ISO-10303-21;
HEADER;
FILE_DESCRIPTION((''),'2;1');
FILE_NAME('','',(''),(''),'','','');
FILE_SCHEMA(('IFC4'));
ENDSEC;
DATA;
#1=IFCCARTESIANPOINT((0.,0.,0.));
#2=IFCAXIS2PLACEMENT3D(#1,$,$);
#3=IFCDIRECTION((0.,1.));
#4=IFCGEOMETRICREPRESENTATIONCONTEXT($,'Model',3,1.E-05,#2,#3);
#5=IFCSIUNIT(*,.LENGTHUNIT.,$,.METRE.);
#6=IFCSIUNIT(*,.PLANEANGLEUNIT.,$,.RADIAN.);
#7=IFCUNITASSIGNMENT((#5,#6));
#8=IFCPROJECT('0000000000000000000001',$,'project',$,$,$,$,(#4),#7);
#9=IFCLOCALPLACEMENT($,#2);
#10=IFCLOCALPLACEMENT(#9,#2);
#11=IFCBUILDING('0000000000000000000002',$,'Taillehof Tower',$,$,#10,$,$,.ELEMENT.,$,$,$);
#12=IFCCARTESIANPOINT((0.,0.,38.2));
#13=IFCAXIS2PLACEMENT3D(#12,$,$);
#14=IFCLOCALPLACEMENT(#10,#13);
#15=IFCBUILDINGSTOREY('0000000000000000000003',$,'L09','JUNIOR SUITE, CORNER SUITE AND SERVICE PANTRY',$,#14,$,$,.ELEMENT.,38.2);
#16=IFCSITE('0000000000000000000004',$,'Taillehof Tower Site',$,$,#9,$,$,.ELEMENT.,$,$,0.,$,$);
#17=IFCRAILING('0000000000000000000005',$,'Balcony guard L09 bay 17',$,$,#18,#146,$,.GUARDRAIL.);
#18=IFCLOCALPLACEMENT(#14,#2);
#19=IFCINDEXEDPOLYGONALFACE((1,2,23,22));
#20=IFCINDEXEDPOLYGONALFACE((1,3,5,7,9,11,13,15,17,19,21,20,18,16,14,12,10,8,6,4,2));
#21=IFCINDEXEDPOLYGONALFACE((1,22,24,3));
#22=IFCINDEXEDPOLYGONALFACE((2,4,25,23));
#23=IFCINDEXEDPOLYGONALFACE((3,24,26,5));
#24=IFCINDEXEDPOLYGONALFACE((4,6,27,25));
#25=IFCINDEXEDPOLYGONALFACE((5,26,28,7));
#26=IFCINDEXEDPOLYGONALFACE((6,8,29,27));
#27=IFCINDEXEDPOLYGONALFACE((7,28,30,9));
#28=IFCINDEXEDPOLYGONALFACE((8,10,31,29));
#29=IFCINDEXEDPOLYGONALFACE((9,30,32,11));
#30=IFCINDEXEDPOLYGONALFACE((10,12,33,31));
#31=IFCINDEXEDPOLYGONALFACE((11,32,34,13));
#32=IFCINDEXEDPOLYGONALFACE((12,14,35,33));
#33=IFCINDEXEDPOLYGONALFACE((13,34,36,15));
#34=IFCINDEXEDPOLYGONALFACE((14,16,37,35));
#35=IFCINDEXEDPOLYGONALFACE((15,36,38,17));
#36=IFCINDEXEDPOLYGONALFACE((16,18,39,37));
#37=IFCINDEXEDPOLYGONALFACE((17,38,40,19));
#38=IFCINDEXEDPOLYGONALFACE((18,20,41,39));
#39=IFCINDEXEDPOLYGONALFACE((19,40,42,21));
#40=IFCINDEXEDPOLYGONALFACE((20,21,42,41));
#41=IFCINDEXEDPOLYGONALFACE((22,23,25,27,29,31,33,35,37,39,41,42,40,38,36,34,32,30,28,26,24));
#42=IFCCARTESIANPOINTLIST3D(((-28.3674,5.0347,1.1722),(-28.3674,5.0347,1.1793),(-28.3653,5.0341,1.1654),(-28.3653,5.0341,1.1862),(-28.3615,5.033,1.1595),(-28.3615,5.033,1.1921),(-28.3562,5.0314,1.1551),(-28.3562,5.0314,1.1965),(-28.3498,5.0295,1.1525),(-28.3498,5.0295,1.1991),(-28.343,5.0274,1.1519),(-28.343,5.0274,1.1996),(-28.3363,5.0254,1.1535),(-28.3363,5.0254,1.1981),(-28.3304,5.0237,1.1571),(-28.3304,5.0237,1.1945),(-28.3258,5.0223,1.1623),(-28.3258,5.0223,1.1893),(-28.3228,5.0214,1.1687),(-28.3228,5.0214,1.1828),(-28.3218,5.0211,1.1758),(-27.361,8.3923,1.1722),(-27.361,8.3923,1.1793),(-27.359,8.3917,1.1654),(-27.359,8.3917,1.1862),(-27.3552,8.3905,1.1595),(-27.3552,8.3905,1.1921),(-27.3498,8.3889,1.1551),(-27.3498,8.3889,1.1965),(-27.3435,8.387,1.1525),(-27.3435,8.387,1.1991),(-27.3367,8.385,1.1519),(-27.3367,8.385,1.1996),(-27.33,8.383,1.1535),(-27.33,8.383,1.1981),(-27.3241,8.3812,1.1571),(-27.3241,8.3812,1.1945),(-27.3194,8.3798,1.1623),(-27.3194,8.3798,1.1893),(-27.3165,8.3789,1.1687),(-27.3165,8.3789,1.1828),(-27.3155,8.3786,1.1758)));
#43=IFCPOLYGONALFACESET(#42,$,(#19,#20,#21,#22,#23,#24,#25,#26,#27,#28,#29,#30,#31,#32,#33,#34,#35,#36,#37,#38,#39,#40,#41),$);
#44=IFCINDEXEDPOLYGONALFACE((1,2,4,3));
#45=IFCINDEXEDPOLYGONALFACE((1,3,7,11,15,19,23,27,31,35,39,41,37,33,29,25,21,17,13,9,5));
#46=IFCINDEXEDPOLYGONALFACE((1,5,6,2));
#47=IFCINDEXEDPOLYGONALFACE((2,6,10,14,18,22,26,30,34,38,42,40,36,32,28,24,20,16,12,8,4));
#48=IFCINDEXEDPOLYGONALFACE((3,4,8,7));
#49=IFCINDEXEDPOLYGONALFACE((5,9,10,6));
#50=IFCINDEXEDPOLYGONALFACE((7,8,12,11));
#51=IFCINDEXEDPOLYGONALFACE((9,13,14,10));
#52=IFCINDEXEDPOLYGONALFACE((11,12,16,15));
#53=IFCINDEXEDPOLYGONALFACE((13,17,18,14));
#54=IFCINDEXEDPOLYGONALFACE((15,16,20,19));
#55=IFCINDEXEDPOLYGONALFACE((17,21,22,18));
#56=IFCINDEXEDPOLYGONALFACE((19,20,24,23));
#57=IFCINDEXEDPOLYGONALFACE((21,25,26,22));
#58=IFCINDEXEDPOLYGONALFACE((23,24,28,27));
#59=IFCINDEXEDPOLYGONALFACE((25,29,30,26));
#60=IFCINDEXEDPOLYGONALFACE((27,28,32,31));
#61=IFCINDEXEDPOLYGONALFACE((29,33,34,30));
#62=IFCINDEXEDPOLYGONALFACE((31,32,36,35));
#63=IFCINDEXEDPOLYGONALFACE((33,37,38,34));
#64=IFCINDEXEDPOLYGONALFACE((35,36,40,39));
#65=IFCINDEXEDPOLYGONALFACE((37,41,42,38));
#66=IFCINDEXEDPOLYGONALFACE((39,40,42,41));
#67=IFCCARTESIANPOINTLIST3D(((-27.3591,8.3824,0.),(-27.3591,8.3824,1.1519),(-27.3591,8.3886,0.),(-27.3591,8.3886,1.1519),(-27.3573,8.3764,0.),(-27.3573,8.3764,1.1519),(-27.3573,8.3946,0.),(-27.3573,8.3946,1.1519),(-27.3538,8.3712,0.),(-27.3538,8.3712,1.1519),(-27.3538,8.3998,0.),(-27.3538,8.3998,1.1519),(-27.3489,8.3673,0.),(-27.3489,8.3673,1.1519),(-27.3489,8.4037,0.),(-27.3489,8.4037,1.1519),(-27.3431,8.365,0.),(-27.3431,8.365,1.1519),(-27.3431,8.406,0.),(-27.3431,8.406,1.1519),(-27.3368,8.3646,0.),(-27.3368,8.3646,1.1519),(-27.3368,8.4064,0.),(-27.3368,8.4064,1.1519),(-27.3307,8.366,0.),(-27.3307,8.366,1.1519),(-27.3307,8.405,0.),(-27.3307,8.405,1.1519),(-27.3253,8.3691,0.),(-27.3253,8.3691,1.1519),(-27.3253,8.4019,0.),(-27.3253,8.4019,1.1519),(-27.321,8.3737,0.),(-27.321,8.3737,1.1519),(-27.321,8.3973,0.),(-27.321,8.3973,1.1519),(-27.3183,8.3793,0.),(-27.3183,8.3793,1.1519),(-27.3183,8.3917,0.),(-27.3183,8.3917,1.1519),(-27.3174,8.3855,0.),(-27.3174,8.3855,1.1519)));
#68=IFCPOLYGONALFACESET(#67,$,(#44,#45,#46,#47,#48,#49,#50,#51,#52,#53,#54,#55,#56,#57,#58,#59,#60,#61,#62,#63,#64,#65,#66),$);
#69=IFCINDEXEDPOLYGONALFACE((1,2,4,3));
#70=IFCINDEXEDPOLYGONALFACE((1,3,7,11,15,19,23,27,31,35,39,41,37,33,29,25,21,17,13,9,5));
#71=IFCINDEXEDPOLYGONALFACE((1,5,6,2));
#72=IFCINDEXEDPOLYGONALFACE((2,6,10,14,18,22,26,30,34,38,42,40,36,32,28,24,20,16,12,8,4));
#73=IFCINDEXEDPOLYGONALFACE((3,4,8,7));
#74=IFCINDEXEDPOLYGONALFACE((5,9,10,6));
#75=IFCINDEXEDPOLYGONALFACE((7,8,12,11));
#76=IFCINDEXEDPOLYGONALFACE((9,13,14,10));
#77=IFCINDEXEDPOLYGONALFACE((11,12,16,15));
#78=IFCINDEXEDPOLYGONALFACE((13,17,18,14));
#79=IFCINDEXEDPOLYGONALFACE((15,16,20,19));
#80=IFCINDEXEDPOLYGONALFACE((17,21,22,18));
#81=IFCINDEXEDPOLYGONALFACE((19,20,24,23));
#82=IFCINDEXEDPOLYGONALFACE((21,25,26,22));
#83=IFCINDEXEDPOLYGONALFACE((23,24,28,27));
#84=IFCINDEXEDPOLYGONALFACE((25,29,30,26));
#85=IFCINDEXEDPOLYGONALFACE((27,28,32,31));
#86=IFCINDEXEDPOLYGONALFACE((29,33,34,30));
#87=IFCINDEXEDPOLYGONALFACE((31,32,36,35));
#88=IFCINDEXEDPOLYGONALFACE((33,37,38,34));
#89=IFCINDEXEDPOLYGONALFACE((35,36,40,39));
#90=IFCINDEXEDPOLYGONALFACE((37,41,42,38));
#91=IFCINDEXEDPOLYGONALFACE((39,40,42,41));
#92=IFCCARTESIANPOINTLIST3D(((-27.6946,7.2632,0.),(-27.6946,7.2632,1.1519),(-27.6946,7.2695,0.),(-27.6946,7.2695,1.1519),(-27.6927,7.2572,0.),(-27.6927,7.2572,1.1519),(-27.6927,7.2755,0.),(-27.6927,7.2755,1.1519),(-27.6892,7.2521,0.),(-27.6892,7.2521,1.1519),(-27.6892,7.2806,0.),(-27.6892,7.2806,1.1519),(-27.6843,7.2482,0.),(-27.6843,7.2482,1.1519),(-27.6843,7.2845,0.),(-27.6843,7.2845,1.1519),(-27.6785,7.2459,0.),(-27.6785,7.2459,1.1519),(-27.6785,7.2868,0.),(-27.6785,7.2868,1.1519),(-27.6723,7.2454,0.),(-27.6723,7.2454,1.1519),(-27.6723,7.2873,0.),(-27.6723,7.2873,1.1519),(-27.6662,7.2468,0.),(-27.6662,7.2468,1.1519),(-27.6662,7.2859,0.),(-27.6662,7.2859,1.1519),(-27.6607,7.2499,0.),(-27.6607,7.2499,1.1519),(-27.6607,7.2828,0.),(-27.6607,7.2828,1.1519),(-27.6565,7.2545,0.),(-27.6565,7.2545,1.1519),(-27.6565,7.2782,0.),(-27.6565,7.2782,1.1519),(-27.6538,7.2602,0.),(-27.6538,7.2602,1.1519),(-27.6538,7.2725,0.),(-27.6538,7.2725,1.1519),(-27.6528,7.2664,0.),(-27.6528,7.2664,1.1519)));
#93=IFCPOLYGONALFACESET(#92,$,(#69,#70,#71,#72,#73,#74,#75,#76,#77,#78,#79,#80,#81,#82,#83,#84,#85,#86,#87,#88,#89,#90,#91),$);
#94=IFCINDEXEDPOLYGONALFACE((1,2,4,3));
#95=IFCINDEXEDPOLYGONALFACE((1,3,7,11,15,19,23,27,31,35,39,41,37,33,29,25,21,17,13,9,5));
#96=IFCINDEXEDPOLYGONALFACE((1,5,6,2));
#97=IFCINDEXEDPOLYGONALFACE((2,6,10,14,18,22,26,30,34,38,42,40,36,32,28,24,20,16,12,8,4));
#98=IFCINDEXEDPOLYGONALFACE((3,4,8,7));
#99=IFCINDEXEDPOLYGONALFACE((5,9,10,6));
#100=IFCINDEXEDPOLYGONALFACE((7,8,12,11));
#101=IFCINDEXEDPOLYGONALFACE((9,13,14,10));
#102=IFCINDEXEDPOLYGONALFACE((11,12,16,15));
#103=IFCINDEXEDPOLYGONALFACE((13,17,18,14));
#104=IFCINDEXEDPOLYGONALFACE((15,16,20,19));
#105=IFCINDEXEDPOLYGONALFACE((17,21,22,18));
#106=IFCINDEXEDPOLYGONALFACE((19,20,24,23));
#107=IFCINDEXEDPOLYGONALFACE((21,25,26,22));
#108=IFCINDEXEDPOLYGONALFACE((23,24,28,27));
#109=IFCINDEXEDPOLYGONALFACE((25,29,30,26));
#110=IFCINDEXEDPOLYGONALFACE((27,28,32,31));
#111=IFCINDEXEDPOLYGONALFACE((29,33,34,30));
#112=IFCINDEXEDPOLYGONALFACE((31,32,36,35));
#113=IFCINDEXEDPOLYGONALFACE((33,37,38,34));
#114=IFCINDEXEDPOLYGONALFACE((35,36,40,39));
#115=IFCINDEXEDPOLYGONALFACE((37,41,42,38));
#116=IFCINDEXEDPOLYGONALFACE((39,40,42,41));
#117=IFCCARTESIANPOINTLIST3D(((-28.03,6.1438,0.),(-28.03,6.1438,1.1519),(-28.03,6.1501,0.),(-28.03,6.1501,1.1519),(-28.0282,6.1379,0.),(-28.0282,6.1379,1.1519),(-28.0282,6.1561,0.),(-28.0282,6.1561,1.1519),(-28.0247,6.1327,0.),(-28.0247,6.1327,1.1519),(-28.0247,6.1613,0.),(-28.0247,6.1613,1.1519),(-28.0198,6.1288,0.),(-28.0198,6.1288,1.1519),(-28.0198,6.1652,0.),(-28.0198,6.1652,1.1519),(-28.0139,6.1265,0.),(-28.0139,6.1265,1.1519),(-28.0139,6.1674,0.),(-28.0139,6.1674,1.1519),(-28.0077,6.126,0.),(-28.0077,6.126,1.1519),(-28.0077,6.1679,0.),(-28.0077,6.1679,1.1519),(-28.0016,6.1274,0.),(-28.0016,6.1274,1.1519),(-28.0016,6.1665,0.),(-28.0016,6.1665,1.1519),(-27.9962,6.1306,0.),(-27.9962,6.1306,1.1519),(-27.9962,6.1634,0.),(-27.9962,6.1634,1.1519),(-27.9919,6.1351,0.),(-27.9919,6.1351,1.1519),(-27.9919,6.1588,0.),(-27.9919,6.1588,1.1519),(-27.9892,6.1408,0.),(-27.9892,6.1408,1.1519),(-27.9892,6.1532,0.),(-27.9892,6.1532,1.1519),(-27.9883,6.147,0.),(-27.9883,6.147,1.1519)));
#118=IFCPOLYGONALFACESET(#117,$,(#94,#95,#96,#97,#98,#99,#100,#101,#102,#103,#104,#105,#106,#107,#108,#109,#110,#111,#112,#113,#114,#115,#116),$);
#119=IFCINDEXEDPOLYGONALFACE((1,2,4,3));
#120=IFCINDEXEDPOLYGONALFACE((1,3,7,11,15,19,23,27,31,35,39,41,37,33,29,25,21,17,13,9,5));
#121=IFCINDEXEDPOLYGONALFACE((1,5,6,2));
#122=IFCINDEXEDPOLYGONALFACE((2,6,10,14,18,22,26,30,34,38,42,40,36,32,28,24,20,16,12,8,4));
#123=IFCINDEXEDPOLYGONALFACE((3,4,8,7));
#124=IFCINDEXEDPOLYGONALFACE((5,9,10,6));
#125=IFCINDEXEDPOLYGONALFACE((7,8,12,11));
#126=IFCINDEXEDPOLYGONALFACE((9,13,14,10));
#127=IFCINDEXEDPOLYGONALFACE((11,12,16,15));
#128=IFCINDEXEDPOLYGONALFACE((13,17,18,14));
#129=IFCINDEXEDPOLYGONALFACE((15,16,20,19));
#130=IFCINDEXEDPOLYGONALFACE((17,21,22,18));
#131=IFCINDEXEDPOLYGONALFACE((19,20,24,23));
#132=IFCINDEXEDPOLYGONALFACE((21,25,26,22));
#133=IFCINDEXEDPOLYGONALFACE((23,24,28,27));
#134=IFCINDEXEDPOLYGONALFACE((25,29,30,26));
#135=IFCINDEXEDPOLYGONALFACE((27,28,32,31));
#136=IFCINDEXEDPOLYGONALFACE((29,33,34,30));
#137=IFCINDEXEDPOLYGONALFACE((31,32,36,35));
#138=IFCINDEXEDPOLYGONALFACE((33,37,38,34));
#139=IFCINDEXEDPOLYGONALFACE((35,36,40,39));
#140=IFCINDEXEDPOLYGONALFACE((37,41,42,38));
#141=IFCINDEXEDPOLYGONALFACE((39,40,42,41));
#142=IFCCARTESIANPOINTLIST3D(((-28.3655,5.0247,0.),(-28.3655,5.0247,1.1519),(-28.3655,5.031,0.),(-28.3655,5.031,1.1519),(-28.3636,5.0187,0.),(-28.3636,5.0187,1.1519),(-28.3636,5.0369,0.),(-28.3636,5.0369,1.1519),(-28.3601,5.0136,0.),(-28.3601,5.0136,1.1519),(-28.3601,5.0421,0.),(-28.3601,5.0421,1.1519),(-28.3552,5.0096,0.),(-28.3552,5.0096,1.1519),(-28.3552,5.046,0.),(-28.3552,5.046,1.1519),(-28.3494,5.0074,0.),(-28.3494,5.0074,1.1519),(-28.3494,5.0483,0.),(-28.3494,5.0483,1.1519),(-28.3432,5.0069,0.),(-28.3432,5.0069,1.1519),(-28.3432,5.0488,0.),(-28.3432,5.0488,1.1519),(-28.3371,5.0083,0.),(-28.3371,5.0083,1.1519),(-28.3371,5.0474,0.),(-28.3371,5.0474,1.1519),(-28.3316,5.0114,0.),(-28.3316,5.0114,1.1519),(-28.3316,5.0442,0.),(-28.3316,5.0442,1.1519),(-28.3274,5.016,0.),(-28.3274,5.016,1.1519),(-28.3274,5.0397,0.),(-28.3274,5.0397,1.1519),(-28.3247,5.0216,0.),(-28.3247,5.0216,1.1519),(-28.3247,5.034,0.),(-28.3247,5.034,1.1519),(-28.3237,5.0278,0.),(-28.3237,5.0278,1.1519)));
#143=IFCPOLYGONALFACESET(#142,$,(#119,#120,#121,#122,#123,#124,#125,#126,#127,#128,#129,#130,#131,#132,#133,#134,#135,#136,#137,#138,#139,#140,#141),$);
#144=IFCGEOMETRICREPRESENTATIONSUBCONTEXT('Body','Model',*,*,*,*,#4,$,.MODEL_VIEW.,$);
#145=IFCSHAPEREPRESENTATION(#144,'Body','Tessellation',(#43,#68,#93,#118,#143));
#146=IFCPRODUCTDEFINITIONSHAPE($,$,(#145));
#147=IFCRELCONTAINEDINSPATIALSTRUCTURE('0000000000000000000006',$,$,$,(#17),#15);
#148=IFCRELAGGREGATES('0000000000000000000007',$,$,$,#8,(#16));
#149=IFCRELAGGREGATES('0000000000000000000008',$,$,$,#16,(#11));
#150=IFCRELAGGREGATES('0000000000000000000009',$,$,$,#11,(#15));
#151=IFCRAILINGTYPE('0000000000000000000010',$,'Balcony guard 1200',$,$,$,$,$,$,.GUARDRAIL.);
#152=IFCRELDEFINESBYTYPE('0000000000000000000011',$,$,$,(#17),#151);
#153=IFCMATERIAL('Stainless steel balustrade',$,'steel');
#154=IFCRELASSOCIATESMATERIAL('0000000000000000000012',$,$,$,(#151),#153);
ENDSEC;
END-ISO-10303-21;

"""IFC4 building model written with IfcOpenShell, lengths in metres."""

from ifc_helpers import new_model, si_unit, direction, frame, origin, origin_2d, place, context, subcontext, project, spatial, circle, extrude, material, type_object, element, save


model = new_model("IFC4")

# Units and contexts
model_context = context("Model", 3, precision=1e-05, world=origin(), true_north=direction((0.0, 1.0)))
body_context = subcontext(model_context, "Body", "Model", "MODEL_VIEW")
ifc_project = project(units=[si_unit("LENGTHUNIT", "METRE"), si_unit("PLANEANGLEUNIT", "RADIAN")], contexts=[model_context])

# Site, building, storey
site_placement = place(None, origin())
site = spatial("IfcSite", under=ifc_project, at=site_placement, Name="Taillehof Tower Site", CompositionType="ELEMENT", RefElevation=0.0)
building_placement = place(site_placement, origin())
building = spatial("IfcBuilding", under=site, at=building_placement, Name="Taillehof Tower", CompositionType="ELEMENT")
storey_placement = place(building_placement, frame((0.0, 0.0, 38.2)))
storey = spatial("IfcBuildingStorey", under=building, at=storey_placement, Name="L09", Description="JUNIOR SUITE, CORNER SUITE AND SERVICE PANTRY", CompositionType="ELEMENT", Elevation=38.2)

# Railing
ifc_material_1 = material(Name="Stainless steel balustrade", Category="steel")
railing_type_1 = type_object("IfcRailingType", Name="Balcony guard 1200", PredefinedType="GUARDRAIL", material=ifc_material_1)
railing_1_placement = place(storey_placement, frame((-27.3384, 8.3855, 0.0)))
element("IfcRailing", 1, at=railing_1_placement, inside=storey, type_object=railing_type_1, Name="Balcony guard L09 bay 17", PredefinedType="GUARDRAIL", context=body_context, shape_type="SweptSolid", body=[
    extrude(circle(Radius=0.0239, at=origin_2d()), frame((0.0, 0.0, 1.1758), z_axis=(-0.287099, -0.957901, 0.0), x_axis=(0.957901, -0.287099, 0.0)), (0.0, 0.0, 1.0), 3.5051),
    extrude(circle(Radius=0.021, at=origin_2d()), origin(), (0.0, 0.0, 1.0), 1.1519),
    extrude(circle(Radius=0.021, at=origin_2d()), frame((-0.3354, -1.1191, 0.0)), (0.0, 0.0, 1.0), 1.1519),
    extrude(circle(Radius=0.021, at=origin_2d()), frame((-0.6709, -2.2385, 0.0)), (0.0, 0.0, 1.0), 1.1519),
    extrude(circle(Radius=0.021, at=origin_2d()), frame((-1.0063, -3.3577, 0.0)), (0.0, 0.0, 1.0), 1.1519),
])

save(model, "model.ifc")
